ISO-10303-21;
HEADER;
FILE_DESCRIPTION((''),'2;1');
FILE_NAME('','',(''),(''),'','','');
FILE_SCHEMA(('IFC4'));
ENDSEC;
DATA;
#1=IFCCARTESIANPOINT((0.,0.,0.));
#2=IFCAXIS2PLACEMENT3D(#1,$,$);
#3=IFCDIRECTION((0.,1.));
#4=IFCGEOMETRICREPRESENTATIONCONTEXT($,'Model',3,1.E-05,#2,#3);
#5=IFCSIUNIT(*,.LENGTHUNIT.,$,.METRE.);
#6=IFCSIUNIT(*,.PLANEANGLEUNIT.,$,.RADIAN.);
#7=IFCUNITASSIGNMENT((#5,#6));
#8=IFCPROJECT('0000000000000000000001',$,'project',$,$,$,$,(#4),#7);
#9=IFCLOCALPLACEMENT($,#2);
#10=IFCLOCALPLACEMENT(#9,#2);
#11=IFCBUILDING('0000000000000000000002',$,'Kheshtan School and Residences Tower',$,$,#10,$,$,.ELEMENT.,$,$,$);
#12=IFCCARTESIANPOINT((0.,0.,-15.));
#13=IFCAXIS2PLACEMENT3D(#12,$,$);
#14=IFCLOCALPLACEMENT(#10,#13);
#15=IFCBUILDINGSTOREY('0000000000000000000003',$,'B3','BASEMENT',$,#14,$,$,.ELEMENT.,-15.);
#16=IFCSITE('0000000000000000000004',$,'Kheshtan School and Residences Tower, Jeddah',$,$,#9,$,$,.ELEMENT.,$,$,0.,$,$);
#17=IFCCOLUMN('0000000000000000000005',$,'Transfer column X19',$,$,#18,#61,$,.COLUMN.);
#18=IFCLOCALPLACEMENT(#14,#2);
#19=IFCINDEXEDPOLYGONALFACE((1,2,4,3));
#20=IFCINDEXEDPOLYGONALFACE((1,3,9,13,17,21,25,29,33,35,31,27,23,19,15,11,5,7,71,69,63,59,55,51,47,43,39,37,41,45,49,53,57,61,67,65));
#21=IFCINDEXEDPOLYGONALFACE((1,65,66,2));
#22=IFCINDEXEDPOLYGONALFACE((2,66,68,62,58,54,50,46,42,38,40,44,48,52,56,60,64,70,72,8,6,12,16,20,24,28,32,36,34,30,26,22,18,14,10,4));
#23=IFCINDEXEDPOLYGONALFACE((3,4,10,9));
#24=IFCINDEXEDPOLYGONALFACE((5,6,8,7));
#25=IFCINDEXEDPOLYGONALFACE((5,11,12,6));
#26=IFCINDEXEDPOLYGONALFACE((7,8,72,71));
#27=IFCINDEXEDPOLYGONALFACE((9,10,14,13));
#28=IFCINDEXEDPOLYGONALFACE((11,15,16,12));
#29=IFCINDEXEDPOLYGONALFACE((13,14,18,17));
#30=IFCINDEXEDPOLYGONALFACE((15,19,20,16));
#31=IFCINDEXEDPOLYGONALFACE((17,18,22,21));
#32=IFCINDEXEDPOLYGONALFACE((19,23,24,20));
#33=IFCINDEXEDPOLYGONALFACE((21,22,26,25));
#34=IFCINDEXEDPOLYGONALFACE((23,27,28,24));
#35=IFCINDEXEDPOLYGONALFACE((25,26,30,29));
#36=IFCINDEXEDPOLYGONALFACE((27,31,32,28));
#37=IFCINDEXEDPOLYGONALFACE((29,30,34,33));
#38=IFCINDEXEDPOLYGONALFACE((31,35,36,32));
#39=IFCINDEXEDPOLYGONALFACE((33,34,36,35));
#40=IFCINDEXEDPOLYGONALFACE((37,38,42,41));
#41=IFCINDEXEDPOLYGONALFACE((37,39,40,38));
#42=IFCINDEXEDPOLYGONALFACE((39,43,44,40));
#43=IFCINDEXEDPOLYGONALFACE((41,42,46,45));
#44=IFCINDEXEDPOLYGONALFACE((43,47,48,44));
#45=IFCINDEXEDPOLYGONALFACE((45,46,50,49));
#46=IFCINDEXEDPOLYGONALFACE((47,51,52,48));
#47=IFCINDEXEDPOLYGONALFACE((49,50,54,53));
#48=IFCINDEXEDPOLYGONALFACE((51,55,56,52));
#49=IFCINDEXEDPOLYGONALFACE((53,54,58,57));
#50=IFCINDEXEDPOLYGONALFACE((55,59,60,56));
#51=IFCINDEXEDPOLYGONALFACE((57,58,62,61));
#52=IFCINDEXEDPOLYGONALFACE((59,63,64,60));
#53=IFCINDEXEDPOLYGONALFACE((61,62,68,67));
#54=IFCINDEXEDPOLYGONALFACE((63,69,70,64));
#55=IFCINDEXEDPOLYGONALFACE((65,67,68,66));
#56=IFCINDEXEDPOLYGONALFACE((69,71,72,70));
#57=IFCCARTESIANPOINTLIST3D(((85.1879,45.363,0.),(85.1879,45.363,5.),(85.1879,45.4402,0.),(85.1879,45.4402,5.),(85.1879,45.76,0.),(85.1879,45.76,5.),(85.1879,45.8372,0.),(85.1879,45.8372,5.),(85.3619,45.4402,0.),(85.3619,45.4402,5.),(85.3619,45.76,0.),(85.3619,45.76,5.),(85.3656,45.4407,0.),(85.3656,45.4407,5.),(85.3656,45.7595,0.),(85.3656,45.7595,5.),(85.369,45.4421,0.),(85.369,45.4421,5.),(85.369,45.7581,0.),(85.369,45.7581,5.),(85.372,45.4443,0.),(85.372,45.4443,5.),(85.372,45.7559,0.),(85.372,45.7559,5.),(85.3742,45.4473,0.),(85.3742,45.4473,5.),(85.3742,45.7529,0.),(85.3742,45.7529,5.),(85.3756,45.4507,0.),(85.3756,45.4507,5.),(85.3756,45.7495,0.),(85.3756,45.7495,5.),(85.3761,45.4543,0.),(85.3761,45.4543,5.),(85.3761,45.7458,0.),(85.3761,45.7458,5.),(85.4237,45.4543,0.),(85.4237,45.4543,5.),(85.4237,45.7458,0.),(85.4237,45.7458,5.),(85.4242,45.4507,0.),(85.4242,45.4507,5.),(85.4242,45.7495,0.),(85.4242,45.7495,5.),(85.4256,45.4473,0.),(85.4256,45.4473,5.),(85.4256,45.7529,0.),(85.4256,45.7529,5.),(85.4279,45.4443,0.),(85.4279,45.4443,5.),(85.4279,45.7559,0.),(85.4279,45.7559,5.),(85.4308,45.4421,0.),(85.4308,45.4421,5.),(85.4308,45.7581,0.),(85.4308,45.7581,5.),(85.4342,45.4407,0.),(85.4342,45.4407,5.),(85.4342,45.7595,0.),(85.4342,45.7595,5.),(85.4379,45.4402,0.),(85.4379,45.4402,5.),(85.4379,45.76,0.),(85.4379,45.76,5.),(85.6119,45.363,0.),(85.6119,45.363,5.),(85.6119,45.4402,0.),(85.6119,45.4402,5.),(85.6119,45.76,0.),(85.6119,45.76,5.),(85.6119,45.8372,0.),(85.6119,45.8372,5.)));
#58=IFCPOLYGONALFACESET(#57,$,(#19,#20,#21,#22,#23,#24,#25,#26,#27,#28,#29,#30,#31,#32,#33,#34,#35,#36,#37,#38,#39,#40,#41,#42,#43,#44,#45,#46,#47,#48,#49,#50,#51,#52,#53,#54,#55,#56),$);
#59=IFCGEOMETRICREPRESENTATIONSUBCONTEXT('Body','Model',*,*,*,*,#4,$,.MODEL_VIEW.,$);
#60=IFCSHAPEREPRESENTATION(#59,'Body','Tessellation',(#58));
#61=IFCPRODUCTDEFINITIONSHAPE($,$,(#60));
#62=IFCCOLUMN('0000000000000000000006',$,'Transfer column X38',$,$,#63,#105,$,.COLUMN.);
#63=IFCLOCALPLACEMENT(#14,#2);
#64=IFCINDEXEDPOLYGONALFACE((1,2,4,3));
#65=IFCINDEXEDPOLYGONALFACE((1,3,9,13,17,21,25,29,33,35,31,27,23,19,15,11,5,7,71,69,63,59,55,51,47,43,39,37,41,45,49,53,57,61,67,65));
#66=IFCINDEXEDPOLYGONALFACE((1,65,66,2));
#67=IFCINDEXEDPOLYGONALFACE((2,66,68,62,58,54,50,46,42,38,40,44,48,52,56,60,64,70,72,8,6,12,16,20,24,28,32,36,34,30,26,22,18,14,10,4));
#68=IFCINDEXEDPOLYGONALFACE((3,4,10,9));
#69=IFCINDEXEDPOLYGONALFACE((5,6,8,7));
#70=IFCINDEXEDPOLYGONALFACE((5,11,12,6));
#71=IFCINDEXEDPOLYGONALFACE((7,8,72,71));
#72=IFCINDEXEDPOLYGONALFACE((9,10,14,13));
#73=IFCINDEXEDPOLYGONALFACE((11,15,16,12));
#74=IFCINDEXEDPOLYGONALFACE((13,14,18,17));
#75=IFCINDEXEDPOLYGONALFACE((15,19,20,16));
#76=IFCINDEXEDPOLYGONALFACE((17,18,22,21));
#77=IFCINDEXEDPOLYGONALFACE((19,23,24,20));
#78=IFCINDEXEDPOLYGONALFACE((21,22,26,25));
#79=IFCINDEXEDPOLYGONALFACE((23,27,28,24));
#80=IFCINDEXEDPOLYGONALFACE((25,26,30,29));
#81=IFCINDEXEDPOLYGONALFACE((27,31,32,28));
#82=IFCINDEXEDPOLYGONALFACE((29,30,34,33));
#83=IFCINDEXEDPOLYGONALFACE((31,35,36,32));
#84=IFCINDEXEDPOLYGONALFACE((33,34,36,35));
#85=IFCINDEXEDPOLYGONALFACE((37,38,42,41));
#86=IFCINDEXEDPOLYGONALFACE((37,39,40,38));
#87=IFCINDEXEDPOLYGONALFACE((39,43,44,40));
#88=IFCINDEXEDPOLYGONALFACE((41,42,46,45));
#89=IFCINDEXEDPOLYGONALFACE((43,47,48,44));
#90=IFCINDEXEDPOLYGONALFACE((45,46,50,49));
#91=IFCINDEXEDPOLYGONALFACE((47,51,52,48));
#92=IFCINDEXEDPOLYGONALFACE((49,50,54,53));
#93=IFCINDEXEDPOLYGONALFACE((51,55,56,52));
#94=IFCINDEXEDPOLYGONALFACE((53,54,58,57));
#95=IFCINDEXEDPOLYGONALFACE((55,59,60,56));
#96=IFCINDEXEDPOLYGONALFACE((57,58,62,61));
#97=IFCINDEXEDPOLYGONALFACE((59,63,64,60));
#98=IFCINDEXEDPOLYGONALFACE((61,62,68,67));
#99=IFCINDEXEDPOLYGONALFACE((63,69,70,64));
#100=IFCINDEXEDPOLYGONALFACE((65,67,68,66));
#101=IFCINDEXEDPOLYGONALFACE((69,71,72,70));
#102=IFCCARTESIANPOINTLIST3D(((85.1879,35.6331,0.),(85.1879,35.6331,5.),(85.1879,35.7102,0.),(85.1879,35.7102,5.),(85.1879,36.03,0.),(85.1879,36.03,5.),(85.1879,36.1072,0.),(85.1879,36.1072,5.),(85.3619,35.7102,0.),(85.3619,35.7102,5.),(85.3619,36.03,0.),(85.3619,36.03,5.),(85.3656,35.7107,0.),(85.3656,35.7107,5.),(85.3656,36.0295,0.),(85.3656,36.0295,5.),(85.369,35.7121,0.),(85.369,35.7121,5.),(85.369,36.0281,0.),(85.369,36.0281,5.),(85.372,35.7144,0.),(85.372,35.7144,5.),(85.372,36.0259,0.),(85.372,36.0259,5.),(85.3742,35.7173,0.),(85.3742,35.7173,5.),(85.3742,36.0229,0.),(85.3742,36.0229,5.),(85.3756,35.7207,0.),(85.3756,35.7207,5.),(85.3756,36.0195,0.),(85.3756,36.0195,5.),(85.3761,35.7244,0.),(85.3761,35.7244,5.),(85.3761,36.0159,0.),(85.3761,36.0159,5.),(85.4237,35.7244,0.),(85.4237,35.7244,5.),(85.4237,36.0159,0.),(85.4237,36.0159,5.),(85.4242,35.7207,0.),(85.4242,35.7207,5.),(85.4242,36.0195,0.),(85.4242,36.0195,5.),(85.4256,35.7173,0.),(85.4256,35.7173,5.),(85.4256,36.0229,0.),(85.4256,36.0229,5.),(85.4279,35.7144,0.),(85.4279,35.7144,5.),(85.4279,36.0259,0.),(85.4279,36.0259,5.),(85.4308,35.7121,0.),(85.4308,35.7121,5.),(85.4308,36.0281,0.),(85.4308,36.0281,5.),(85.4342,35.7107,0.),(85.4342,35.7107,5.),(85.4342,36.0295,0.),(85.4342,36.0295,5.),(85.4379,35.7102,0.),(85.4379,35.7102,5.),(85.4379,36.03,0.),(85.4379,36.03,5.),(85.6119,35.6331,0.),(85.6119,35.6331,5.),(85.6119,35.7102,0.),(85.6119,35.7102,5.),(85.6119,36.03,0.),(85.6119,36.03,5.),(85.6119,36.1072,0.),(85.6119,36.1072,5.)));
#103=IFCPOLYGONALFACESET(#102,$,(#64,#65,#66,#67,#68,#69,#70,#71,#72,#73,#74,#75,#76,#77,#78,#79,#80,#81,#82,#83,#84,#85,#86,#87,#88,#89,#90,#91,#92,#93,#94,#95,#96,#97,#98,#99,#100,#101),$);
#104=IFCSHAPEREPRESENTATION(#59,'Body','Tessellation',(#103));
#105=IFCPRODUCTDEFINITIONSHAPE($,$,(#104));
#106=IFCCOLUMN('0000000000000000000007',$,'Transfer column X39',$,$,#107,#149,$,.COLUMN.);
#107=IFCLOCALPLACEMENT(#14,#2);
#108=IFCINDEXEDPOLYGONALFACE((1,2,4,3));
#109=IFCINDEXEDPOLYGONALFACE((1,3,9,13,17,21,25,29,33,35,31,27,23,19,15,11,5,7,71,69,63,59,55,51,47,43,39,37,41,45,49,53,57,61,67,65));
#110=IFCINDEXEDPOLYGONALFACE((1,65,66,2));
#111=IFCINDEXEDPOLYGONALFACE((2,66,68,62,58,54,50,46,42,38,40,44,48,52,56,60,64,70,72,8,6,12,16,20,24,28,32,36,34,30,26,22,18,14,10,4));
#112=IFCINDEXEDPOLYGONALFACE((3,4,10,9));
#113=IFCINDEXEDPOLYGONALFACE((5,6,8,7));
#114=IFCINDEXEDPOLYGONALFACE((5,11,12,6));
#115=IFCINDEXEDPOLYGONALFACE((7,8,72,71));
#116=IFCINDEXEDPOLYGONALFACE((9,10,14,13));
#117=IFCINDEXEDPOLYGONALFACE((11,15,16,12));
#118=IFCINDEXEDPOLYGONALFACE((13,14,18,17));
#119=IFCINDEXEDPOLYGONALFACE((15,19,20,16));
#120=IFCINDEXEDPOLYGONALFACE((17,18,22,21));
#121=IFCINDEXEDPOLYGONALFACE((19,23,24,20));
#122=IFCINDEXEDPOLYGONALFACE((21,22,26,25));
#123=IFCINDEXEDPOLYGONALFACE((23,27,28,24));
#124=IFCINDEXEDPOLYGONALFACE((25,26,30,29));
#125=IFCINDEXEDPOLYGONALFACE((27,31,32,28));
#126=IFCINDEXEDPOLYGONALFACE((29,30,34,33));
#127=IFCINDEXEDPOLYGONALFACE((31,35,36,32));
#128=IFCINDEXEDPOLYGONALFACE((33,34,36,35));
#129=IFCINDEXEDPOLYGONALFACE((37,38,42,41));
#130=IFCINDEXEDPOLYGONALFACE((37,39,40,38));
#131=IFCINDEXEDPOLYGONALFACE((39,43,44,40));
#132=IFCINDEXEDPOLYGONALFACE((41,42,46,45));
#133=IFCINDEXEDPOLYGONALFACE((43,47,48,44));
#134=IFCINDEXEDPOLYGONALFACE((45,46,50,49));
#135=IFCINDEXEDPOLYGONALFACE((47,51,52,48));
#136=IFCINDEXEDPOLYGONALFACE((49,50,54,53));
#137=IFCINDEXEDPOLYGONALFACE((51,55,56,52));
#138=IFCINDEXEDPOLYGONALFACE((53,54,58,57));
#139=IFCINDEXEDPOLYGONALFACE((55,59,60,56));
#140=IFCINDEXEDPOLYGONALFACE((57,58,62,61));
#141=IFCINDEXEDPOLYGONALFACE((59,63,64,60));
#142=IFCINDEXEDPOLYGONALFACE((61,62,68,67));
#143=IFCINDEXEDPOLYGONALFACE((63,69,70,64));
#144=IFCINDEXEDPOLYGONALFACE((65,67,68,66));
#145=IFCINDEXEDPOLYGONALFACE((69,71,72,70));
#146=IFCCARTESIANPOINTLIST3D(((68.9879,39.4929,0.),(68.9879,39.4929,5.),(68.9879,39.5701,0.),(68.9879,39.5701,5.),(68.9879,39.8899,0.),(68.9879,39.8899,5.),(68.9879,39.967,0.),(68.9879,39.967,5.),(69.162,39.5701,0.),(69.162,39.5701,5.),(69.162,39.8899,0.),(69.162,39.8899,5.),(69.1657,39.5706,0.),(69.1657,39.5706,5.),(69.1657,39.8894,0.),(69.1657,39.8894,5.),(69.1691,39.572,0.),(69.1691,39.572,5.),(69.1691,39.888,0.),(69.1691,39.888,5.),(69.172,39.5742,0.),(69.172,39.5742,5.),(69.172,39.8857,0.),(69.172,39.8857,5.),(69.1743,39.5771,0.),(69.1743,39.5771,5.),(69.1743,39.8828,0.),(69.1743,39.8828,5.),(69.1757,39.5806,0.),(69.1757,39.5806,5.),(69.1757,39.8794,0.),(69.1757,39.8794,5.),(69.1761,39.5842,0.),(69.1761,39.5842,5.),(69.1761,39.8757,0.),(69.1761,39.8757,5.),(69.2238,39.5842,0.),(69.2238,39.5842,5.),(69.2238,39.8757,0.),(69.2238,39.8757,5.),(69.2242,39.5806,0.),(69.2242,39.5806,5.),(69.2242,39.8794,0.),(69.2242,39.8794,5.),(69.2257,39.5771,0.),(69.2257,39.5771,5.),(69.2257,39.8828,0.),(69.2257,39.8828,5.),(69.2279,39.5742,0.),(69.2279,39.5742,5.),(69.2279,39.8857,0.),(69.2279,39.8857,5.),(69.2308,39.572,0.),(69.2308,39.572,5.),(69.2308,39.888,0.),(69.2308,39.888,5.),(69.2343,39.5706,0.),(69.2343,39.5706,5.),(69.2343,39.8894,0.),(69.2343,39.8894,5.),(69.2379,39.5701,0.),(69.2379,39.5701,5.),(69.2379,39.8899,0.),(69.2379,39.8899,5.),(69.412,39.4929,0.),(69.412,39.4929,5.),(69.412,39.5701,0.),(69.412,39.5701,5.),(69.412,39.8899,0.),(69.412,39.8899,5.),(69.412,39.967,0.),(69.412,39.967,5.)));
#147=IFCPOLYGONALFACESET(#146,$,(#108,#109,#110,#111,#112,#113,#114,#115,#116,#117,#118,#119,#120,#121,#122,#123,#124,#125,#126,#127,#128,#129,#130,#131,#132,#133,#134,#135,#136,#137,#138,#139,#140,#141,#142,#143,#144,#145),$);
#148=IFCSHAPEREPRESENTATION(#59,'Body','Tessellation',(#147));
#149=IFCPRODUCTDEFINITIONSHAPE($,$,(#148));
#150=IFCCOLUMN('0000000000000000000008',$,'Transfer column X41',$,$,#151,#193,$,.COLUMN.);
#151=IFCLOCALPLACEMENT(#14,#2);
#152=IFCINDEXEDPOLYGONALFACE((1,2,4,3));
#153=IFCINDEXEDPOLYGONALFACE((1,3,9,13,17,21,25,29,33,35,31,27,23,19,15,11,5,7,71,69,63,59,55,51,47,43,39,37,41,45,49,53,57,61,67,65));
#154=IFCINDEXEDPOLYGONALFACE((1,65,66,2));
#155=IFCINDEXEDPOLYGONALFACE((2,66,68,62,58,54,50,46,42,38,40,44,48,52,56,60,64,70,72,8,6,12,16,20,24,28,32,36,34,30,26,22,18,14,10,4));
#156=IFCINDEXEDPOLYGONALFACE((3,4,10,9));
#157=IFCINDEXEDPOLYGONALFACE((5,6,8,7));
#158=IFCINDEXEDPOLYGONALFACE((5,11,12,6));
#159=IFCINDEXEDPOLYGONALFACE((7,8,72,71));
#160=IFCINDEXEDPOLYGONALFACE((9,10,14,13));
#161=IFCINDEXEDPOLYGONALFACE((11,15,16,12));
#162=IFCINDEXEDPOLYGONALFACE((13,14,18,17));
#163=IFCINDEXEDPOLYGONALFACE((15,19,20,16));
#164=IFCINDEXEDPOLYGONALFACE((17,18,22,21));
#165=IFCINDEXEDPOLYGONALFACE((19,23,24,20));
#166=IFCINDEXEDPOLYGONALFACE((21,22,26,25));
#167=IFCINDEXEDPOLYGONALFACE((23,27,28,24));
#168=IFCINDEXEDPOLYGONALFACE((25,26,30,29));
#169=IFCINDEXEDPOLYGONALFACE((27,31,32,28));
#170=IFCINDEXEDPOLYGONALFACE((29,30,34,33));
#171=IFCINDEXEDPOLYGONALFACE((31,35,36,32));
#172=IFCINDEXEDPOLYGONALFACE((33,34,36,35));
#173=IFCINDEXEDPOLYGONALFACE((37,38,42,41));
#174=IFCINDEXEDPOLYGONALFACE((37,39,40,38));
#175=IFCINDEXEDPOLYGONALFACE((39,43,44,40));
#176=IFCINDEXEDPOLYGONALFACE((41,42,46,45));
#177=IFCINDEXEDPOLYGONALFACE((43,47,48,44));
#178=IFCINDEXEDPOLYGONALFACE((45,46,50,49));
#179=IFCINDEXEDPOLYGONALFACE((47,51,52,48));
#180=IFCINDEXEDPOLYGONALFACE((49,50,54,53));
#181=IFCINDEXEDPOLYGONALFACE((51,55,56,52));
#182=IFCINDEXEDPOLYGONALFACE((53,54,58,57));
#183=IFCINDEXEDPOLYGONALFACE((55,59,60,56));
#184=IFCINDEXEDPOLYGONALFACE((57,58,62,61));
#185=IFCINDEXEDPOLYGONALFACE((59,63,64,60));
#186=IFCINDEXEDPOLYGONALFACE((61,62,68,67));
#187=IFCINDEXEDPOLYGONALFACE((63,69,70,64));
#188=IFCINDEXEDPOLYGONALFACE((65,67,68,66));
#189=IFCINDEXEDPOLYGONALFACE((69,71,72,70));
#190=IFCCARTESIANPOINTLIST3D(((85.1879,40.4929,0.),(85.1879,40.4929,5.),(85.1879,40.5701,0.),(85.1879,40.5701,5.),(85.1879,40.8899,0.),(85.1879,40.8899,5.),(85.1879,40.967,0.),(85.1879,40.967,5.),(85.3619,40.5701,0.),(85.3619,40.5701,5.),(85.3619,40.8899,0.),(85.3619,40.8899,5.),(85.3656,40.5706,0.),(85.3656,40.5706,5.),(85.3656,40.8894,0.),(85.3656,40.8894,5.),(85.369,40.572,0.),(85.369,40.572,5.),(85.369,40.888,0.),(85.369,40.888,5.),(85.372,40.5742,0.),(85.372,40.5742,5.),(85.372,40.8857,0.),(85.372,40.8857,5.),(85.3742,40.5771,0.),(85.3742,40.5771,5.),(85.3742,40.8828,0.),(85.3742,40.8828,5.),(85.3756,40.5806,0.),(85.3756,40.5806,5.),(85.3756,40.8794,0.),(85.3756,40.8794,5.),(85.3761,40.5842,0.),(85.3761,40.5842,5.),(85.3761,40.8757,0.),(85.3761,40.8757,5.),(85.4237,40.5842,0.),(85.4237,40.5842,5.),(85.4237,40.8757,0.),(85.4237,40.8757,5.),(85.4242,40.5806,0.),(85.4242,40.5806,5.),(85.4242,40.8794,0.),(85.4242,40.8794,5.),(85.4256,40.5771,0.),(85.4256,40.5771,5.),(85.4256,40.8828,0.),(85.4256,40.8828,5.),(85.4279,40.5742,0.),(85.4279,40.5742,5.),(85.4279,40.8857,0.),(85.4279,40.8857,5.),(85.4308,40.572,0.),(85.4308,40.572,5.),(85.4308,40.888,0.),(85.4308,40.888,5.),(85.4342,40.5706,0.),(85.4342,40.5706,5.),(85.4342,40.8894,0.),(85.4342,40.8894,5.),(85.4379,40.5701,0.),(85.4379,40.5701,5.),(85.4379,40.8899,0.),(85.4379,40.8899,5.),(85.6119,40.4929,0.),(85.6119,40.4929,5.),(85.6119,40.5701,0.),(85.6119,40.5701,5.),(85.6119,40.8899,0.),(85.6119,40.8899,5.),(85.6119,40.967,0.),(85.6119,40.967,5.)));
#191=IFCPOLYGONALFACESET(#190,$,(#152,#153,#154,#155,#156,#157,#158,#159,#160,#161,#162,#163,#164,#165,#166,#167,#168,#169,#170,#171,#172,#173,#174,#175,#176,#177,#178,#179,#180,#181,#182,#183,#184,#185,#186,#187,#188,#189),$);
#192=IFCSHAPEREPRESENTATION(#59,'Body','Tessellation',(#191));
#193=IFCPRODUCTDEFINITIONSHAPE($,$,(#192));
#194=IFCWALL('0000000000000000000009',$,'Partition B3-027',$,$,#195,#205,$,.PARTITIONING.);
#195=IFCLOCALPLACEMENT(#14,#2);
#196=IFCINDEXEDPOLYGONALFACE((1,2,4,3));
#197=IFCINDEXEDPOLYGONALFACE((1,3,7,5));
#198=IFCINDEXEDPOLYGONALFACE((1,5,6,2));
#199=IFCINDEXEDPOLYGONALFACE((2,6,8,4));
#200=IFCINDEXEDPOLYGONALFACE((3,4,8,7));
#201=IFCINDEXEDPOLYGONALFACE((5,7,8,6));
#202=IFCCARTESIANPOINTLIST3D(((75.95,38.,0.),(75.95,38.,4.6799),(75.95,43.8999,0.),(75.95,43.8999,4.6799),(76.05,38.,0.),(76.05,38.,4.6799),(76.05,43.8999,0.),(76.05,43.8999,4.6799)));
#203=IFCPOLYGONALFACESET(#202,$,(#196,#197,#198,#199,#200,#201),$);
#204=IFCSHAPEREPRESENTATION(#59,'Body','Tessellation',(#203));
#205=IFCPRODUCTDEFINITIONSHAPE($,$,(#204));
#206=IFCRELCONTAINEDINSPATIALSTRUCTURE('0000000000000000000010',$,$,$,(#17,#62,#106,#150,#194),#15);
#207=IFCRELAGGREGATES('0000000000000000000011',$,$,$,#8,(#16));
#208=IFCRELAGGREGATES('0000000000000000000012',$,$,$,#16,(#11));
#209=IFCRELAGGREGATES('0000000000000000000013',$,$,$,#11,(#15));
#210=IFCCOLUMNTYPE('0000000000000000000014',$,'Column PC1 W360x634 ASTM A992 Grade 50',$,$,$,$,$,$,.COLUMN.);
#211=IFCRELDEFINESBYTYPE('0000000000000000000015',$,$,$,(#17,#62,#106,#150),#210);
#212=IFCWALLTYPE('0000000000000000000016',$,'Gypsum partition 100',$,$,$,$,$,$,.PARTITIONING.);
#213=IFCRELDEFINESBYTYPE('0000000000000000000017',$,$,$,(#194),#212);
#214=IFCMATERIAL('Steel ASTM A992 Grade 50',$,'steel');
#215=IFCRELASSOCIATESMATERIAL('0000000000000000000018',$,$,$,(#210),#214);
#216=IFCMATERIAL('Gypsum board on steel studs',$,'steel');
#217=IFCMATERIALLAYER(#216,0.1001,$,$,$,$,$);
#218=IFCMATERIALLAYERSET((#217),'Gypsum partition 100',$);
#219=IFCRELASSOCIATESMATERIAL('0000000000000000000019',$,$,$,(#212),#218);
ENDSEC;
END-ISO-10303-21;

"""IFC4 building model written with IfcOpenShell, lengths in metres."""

from ifc_helpers import new_model, si_unit, direction, frame, frame_2d, origin, origin_2d, place, context, subcontext, project, spatial, rectangle, i_section, extrude, material, layer, layer_set, material_profile, profile_set, type_object, element, save


model = new_model("IFC4")

# Units and contexts
model_context = context("Model", 3, precision=1e-05, world=origin(), true_north=direction((0.0, 1.0)))
body_context = subcontext(model_context, "Body", "Model", "MODEL_VIEW")
ifc_project = project(units=[si_unit("LENGTHUNIT", "METRE"), si_unit("PLANEANGLEUNIT", "RADIAN")], contexts=[model_context])

# Site, building, storey
site_placement = place(None, origin())
site = spatial("IfcSite", under=ifc_project, at=site_placement, Name="Kheshtan School and Residences Tower, Jeddah", CompositionType="ELEMENT", RefElevation=0.0)
building_placement = place(site_placement, origin())
building = spatial("IfcBuilding", under=site, at=building_placement, Name="Kheshtan School and Residences Tower", CompositionType="ELEMENT")
storey_placement = place(building_placement, frame((0.0, 0.0, -15.0)))
storey = spatial("IfcBuildingStorey", under=building, at=storey_placement, Name="B3", Description="BASEMENT", CompositionType="ELEMENT", Elevation=-15.0)

# Columns
ifc_material_1 = material(Name="Steel ASTM A992 Grade 50", Category="steel")
ifc_material_profile_1 = material_profile(ifc_material_1, i_section(OverallWidth=0.4241, OverallDepth=0.4741, WebThickness=0.0476, FlangeThickness=0.0771, FilletRadius=0.0142, at=origin_2d()), Name="W360x634")
ifc_profile_set_1 = profile_set([ifc_material_profile_1], Name="Steel ASTM A992 Grade 50")
column_type = type_object("IfcColumnType", Name="Column PC1 W360x634 ASTM A992 Grade 50", PredefinedType="COLUMN", material=ifc_profile_set_1)
for number, where, z_axis, x_axis, name in (
    (1, (85.3999, 45.6001, 0.0), (0.0, 0.0, 1.0), (1.0, 0.0, 0.0), "Transfer column X19"),
    (2, (85.3999, 35.8701, 0.0), (0.0, 0.0, 1.0), (1.0, 0.0, 0.0), "Transfer column X38"),
    (3, (69.2, 39.73, 0.0), (0.0, 0.0, 1.0), (1.0, 0.0, 0.0), "Transfer column X39"),
    (4, (85.3999, 40.73, 0.0), (0.0, 0.0, 1.0), (1.0, 0.0, 0.0), "Transfer column X41"),
):
    element("IfcColumn", number, at=place(storey_placement, frame(where, z_axis=z_axis, x_axis=x_axis)), inside=storey, type_object=column_type, Name=name, PredefinedType="COLUMN", context=body_context, shape_type="SweptSolid", body=[
        extrude(i_section(OverallWidth=0.4241, OverallDepth=0.4741, WebThickness=0.0476, FlangeThickness=0.0771, FilletRadius=0.0142, at=origin_2d()), origin(), (0.0, 0.0, 1.0), 5.0),
    ])

# Wall
ifc_material_2 = material(Name="Gypsum board on steel studs", Category="steel")
ifc_layer = layer(ifc_material_2, 0.1001)
ifc_layer_set = layer_set([ifc_layer], Name="Gypsum partition 100")
wall_type = type_object("IfcWallType", Name="Gypsum partition 100", PredefinedType="PARTITIONING", material=ifc_layer_set)
wall_placement = place(storey_placement, frame((76.0, 38.0, 0.0), z_axis=(0.0, 0.0, 1.0), x_axis=(0.0, 1.0, 0.0)))
element("IfcWall", 5, at=wall_placement, inside=storey, type_object=wall_type, Name="Partition B3-027", PredefinedType="PARTITIONING", context=body_context, shape_type="SweptSolid", body=[
    extrude(rectangle(XDim=5.8999, YDim=0.1001, at=frame_2d((2.95, 0.0))), origin(), (0.0, 0.0, 1.0), 4.6799),
])

save(model, "model.ifc")
